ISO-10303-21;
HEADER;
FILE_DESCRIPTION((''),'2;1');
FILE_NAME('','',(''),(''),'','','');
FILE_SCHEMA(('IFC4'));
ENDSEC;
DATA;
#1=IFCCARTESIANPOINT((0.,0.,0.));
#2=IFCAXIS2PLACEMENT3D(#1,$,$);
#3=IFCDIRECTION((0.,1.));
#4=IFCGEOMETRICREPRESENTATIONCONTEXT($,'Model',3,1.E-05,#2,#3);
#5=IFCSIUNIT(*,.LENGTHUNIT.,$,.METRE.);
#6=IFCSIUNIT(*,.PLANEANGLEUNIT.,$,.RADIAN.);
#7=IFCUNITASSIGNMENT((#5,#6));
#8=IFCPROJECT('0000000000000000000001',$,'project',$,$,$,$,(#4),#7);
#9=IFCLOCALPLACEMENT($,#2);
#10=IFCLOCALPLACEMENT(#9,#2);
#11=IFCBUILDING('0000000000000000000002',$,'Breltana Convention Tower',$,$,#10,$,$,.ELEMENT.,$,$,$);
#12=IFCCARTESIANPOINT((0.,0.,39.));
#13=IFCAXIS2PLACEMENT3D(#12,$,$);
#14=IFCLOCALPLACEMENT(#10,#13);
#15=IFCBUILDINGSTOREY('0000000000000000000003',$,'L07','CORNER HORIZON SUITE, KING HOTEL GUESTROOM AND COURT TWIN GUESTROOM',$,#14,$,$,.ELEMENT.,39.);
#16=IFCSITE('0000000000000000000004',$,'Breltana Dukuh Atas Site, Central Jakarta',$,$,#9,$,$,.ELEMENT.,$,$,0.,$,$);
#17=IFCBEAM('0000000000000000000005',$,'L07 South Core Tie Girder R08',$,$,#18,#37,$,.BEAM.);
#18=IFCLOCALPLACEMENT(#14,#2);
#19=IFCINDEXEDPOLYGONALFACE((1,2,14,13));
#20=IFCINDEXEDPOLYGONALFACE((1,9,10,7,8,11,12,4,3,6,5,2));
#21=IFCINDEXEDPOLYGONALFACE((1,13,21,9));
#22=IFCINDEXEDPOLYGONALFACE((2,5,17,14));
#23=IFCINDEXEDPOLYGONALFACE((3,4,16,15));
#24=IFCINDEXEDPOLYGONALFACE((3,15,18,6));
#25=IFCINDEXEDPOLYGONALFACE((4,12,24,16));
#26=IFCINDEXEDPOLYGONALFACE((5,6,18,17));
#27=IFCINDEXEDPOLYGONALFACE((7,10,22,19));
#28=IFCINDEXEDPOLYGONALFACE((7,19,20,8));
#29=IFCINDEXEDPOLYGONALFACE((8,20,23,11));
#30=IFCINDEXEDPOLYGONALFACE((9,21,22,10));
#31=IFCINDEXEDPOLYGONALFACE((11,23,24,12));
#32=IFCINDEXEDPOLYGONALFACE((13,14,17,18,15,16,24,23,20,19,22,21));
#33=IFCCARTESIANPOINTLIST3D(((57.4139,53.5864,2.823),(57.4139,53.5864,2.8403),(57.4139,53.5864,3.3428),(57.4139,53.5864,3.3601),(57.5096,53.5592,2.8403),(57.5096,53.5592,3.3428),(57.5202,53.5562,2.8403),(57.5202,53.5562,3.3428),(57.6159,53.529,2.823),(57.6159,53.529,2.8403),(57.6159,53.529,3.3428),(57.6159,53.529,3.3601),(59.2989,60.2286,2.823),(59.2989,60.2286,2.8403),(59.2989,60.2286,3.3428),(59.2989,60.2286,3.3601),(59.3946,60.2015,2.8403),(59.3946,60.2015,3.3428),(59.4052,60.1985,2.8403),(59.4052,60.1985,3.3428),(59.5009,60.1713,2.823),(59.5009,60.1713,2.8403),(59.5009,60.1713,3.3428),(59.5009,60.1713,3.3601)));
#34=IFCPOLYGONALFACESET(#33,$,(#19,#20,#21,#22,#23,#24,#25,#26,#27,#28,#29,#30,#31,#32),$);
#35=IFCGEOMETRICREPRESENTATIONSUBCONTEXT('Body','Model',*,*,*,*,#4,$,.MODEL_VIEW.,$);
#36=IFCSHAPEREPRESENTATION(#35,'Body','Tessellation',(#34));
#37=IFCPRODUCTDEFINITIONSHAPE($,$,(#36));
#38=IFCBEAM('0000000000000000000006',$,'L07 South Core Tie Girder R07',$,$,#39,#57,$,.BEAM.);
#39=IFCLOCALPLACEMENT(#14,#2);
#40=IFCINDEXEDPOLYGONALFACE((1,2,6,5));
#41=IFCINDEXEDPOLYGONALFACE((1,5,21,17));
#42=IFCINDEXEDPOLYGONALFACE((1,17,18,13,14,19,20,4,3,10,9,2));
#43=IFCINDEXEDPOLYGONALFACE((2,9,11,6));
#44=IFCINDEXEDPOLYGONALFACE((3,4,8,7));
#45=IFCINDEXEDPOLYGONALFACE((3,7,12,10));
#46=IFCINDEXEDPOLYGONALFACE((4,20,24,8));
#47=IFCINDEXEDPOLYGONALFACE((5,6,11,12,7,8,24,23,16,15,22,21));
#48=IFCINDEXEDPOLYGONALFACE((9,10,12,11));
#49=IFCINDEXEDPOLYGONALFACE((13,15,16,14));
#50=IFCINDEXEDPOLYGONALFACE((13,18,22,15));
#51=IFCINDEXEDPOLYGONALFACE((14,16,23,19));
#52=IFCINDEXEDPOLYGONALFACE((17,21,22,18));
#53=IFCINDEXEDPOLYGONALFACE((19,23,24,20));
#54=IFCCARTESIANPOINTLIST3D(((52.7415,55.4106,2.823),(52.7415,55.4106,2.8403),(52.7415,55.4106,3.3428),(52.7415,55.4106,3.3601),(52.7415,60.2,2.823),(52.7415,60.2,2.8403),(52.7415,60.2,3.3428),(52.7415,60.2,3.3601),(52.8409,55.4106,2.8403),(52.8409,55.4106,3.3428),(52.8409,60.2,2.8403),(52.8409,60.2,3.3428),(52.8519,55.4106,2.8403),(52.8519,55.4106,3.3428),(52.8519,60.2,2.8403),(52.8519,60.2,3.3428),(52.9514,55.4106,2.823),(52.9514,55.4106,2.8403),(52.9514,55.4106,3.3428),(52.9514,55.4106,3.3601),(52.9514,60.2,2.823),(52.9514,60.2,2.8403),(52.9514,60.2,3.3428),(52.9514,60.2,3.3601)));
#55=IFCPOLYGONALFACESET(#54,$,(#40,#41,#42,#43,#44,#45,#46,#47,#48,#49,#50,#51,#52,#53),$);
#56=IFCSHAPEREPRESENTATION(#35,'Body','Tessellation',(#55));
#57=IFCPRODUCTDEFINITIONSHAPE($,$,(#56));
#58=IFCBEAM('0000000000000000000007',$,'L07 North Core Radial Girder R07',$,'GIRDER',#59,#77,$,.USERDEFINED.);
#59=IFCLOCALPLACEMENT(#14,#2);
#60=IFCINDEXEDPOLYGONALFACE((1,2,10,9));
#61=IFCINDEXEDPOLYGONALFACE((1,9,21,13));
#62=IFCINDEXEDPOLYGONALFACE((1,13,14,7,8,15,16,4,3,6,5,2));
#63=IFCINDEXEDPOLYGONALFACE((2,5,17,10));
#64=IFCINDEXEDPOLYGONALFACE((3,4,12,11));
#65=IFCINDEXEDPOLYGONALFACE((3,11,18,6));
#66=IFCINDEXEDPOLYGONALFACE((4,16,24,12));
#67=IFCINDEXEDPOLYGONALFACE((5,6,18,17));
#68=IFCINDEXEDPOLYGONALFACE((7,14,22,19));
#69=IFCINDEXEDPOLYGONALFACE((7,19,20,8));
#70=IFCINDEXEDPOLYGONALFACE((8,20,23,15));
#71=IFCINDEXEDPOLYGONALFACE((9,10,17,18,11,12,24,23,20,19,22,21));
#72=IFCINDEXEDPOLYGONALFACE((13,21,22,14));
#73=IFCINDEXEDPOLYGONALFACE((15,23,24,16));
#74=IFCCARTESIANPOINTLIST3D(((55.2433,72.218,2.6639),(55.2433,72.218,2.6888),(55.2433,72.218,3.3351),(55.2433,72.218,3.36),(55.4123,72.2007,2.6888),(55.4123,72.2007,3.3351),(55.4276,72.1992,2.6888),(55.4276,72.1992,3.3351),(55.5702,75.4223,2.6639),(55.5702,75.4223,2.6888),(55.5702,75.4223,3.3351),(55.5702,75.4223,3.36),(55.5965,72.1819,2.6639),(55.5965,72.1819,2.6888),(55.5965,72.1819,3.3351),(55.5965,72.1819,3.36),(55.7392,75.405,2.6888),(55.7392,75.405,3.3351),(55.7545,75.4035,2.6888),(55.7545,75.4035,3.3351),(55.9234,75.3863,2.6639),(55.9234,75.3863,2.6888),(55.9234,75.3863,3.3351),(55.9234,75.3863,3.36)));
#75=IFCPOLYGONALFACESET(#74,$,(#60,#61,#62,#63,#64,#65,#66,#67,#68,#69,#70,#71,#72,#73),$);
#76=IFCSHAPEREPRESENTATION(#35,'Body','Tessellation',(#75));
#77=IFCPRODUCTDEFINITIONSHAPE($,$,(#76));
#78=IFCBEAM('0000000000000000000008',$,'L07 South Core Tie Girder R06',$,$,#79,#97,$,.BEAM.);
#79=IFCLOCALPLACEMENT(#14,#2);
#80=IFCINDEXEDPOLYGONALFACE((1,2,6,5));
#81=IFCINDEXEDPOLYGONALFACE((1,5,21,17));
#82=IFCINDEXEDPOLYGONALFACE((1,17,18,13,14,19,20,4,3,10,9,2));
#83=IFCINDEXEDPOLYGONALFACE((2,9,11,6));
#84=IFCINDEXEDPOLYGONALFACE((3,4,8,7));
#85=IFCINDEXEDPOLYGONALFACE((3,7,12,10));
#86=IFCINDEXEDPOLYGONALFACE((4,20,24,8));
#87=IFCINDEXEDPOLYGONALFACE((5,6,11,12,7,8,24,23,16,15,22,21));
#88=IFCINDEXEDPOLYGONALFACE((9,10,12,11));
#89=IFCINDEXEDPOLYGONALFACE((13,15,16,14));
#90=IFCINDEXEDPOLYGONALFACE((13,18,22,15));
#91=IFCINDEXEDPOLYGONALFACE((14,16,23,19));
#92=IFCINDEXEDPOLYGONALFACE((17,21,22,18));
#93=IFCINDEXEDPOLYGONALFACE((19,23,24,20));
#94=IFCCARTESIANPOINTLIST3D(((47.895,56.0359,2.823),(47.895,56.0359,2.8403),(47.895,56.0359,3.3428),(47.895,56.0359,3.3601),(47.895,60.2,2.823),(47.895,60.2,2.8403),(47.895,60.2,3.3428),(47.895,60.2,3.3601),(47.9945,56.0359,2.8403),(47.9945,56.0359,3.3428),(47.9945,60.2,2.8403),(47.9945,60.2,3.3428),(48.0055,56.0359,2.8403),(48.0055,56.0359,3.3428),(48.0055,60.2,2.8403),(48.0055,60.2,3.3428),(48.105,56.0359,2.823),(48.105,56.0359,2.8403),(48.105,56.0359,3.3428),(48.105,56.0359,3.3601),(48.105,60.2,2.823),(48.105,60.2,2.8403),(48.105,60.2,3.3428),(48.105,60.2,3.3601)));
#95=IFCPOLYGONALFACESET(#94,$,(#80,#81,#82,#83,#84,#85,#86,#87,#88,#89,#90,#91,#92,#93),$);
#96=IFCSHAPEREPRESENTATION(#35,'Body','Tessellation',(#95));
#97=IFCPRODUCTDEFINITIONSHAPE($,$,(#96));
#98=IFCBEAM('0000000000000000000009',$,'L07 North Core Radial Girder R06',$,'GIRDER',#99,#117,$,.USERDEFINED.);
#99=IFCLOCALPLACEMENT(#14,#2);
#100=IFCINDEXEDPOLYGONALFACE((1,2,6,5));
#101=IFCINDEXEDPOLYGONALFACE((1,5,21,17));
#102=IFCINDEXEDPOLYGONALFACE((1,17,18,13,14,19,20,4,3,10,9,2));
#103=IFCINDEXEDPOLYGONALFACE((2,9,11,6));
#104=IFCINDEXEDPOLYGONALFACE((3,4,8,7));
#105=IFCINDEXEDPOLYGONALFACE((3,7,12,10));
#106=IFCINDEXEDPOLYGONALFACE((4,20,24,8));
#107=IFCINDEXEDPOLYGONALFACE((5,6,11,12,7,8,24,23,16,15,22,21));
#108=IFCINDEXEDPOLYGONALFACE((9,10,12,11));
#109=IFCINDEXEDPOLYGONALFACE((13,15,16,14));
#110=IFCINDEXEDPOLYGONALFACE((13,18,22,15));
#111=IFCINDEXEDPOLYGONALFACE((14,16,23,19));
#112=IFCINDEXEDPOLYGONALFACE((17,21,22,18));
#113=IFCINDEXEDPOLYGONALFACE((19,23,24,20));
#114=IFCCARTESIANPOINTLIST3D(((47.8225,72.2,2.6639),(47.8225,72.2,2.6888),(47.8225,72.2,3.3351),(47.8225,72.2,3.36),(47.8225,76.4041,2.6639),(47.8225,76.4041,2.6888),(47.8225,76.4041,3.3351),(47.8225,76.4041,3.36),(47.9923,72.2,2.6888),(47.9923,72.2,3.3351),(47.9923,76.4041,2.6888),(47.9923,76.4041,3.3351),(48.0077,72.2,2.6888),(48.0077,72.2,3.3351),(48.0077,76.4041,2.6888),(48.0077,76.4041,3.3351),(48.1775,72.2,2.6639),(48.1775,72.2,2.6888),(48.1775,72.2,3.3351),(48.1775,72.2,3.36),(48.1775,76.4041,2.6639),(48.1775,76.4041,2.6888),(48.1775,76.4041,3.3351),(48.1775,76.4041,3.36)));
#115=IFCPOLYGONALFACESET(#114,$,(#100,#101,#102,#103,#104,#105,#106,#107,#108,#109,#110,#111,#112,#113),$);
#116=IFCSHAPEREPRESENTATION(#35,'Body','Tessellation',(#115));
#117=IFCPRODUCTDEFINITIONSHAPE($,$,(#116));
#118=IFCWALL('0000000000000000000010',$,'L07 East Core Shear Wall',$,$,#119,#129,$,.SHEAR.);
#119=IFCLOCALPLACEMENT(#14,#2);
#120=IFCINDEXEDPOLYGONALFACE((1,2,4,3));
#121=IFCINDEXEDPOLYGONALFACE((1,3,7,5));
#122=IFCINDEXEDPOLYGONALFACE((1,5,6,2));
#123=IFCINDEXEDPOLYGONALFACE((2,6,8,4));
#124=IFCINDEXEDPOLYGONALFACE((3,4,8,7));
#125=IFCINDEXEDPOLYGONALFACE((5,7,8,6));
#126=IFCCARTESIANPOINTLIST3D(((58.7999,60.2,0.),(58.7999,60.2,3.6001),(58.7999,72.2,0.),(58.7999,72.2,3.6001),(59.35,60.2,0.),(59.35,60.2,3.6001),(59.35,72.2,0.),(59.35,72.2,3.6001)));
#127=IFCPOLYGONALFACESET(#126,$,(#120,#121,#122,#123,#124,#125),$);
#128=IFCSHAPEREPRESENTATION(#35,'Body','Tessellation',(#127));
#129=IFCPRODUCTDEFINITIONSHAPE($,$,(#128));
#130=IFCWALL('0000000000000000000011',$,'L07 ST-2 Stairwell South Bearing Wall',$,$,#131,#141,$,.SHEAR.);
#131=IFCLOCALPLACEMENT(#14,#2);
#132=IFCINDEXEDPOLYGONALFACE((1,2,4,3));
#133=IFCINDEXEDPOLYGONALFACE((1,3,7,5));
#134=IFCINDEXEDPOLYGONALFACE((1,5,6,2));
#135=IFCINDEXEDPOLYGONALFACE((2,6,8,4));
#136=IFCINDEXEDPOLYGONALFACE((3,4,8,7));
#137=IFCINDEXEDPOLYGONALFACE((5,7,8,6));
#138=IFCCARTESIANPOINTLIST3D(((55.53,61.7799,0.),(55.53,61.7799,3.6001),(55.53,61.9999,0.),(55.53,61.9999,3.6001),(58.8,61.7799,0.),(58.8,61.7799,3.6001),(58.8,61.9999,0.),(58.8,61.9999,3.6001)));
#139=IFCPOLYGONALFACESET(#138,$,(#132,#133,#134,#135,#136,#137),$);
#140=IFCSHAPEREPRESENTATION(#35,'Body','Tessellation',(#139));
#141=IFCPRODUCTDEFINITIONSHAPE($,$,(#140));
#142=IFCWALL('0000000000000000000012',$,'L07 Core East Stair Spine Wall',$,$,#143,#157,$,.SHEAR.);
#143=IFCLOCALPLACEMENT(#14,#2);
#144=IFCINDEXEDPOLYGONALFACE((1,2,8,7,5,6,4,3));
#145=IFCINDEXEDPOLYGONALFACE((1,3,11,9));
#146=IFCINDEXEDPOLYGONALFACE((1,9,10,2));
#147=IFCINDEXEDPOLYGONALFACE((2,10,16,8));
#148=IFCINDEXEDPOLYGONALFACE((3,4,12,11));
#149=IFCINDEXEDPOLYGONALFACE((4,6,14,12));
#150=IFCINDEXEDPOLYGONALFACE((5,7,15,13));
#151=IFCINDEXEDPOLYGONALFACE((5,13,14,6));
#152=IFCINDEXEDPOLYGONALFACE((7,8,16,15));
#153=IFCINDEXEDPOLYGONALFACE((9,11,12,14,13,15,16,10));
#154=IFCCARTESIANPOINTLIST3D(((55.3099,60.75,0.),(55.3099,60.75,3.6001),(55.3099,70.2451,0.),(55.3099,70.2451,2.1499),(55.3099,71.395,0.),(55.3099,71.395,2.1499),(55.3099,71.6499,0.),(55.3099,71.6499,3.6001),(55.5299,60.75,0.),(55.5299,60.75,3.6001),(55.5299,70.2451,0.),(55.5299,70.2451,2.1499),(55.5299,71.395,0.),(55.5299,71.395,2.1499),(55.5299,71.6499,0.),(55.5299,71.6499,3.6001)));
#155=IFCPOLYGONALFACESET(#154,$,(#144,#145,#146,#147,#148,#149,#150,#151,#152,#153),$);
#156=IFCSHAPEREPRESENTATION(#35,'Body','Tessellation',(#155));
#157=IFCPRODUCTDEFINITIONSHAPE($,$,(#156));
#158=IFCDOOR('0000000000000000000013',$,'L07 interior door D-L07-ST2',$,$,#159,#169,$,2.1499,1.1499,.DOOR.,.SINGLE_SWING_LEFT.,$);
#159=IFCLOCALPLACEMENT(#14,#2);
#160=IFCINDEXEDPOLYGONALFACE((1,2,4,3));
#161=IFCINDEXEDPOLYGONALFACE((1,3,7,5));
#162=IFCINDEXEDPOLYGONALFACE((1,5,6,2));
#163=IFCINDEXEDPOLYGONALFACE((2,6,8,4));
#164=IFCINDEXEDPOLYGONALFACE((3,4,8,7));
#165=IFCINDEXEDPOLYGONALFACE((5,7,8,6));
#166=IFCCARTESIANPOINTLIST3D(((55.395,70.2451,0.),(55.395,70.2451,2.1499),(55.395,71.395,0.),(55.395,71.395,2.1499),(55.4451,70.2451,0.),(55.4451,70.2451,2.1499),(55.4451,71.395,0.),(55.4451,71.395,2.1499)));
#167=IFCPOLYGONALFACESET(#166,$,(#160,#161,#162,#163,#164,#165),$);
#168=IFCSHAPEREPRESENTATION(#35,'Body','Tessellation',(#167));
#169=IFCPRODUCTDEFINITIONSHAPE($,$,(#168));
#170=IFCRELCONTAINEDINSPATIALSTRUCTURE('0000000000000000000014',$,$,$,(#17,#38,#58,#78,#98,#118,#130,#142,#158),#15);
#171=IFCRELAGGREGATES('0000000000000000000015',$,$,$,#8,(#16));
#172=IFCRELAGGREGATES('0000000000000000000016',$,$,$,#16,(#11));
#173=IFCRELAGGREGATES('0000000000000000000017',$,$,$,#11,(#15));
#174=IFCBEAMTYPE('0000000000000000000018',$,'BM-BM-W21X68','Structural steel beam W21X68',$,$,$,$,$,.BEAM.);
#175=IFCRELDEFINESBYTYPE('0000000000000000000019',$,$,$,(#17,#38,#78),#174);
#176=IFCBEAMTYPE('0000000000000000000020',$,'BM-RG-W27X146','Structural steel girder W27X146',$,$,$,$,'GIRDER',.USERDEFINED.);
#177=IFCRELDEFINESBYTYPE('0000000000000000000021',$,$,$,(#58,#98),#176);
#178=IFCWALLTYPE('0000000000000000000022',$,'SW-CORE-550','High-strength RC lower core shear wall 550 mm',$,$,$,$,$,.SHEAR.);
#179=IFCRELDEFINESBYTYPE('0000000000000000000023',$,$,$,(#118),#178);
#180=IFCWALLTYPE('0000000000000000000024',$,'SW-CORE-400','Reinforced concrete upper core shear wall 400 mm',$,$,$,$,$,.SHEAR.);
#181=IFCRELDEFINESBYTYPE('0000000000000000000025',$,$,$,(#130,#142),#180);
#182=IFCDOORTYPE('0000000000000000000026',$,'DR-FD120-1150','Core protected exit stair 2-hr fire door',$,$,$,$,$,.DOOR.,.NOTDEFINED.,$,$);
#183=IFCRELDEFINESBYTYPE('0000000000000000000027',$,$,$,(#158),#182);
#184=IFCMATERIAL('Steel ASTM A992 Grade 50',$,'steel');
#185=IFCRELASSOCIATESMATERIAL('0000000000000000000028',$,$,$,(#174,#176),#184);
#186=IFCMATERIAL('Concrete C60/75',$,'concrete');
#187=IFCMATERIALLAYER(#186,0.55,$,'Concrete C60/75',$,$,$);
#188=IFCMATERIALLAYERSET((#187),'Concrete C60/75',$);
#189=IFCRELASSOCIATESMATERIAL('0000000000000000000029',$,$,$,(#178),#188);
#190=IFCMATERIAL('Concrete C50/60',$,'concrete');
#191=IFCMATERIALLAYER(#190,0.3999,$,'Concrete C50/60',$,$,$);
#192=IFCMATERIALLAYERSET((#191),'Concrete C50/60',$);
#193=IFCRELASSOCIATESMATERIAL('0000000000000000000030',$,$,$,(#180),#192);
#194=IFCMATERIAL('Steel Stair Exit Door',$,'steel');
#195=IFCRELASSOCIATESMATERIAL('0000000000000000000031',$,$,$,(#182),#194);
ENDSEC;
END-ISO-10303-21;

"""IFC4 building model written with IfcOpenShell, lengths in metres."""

from ifc_helpers import new_model, si_unit, direction, frame, frame_2d, origin, origin_2d, place, context, subcontext, project, spatial, rectangle, i_section, extrude, source, transform, mapped, material, layer, layer_set, material_profile, profile_set, type_object, type_shapes, element, fill, save


model = new_model("IFC4")

# Units and contexts
model_context = context("Model", 3, precision=1e-05, world=origin(), true_north=direction((0.0, 1.0)))
body_context = subcontext(model_context, "Body", "Model", "MODEL_VIEW")
ifc_project = project(units=[si_unit("LENGTHUNIT", "METRE"), si_unit("PLANEANGLEUNIT", "RADIAN")], contexts=[model_context])

# Site, building, storey
site_placement = place(None, origin())
site = spatial("IfcSite", under=ifc_project, at=site_placement, Name="Breltana Dukuh Atas Site, Central Jakarta", CompositionType="ELEMENT", RefElevation=0.0)
building_placement = place(site_placement, origin())
building = spatial("IfcBuilding", under=site, at=building_placement, Name="Breltana Convention Tower", CompositionType="ELEMENT")
storey_placement = place(building_placement, frame((0.0, 0.0, 39.0)))
storey = spatial("IfcBuildingStorey", under=building, at=storey_placement, Name="L07", Description="CORNER HORIZON SUITE, KING HOTEL GUESTROOM AND COURT TWIN GUESTROOM", CompositionType="ELEMENT", Elevation=39.0)

# Beams
ifc_material_1 = material(Name="Steel ASTM A992 Grade 50", Category="steel")
ifc_material_profile_1 = material_profile(ifc_material_1, i_section(OverallWidth=0.21, OverallDepth=0.5371, WebThickness=0.011, FlangeThickness=0.0173, at=origin_2d()), Name="W21X68")
ifc_profile_set_1 = profile_set([ifc_material_profile_1], Name="Steel ASTM A992 Grade 50")
beam_type_1 = type_object("IfcBeamType", Name="BM-BM-W21X68", Description="Structural steel beam W21X68", PredefinedType="BEAM", material=ifc_profile_set_1)
shared_shape_1 = source(origin(), body_context, "Body", "SweptSolid", [
    extrude(i_section(OverallWidth=0.21, OverallDepth=0.5371, WebThickness=0.011, FlangeThickness=0.0173, at=origin_2d()), origin(), (0.0, 0.0, 1.0), 6.9045),
])
type_shapes(beam_type_1, [shared_shape_1])
beam_1_placement = place(storey_placement, frame((59.3999, 60.2, 3.0916), z_axis=(-0.273007, -0.962012, 0.0), x_axis=(0.962012, -0.273007, 0.0)))
element("IfcBeam", 1, at=beam_1_placement, inside=storey, type_object=beam_type_1, Name="L07 South Core Tie Girder R08", PredefinedType="BEAM", context=body_context, shape_type="MappedRepresentation", body=[
    mapped(shared_shape_1, transform((0.0, 0.0, 0.0), scale=1.0)),
])
shared_shape_2 = source(origin(), body_context, "Body", "SweptSolid", [
    extrude(i_section(OverallWidth=0.21, OverallDepth=0.5371, WebThickness=0.011, FlangeThickness=0.0173, at=origin_2d()), origin(), (0.0, 0.0, 1.0), 4.7893),
])
beam_2_placement = place(storey_placement, frame((52.8464, 60.2, 3.0916), z_axis=(0.0, -1.0, 0.0), x_axis=(1.0, 0.0, 0.0)))
element("IfcBeam", 2, at=beam_2_placement, inside=storey, type_object=beam_type_1, Name="L07 South Core Tie Girder R07", PredefinedType="BEAM", context=body_context, shape_type="MappedRepresentation", body=[
    mapped(shared_shape_2, transform((0.0, 0.0, 0.0), scale=1.0)),
])
ifc_material_profile_2 = material_profile(ifc_material_1, i_section(OverallWidth=0.355, OverallDepth=0.696, WebThickness=0.0154, FlangeThickness=0.0249, at=origin_2d()), Name="W27X146")
ifc_profile_set_2 = profile_set([ifc_material_profile_2], Name="Steel ASTM A992 Grade 50")
beam_type_2 = type_object("IfcBeamType", Name="BM-RG-W27X146", Description="Structural steel girder W27X146", ElementType="GIRDER", PredefinedType="USERDEFINED", material=ifc_profile_set_2)
shared_shape_3 = source(origin(), body_context, "Body", "SweptSolid", [
    extrude(i_section(OverallWidth=0.355, OverallDepth=0.696, WebThickness=0.0154, FlangeThickness=0.0249, at=origin_2d()), origin(), (0.0, 0.0, 1.0), 3.2209),
])
beam_3_placement = place(storey_placement, frame((55.4199, 72.2, 3.012), z_axis=(0.101492, 0.994836, 0.0), x_axis=(-0.994836, 0.101492, 0.0)))
element("IfcBeam", 3, at=beam_3_placement, inside=storey, type_object=beam_type_2, Name="L07 North Core Radial Girder R07", ObjectType="GIRDER", PredefinedType="USERDEFINED", context=body_context, shape_type="MappedRepresentation", body=[
    mapped(shared_shape_3, transform((0.0, 0.0, 0.0), scale=1.0)),
])
shared_shape_4 = source(origin(), body_context, "Body", "SweptSolid", [
    extrude(i_section(OverallWidth=0.21, OverallDepth=0.5371, WebThickness=0.011, FlangeThickness=0.0173, at=origin_2d()), origin(), (0.0, 0.0, 1.0), 4.1641),
])
beam_4_placement = place(storey_placement, frame((48.0, 60.2, 3.0916), z_axis=(0.0, -1.0, 0.0), x_axis=(1.0, 0.0, 0.0)))
element("IfcBeam", 4, at=beam_4_placement, inside=storey, type_object=beam_type_1, Name="L07 South Core Tie Girder R06", PredefinedType="BEAM", context=body_context, shape_type="MappedRepresentation", body=[
    mapped(shared_shape_4, transform((0.0, 0.0, 0.0), scale=1.0)),
])
shared_shape_5 = source(origin(), body_context, "Body", "SweptSolid", [
    extrude(i_section(OverallWidth=0.355, OverallDepth=0.696, WebThickness=0.0154, FlangeThickness=0.0249, at=origin_2d()), origin(), (0.0, 0.0, 1.0), 4.2041),
])
beam_5_placement = place(storey_placement, frame((48.0, 72.2, 3.012), z_axis=(0.0, 1.0, 0.0), x_axis=(-1.0, 0.0, 0.0)))
element("IfcBeam", 5, at=beam_5_placement, inside=storey, type_object=beam_type_2, Name="L07 North Core Radial Girder R06", ObjectType="GIRDER", PredefinedType="USERDEFINED", context=body_context, shape_type="MappedRepresentation", body=[
    mapped(shared_shape_5, transform((0.0, 0.0, 0.0), scale=1.0)),
])

# Walls
ifc_material_2 = material(Name="Concrete C60/75", Category="concrete")
ifc_layer_1 = layer(ifc_material_2, 0.55, Name="Concrete C60/75")
ifc_layer_set_1 = layer_set([ifc_layer_1], Name="Concrete C60/75")
wall_type_1 = type_object("IfcWallType", Name="SW-CORE-550", Description="High-strength RC lower core shear wall 550 mm", PredefinedType="SHEAR", material=ifc_layer_set_1)
shared_shape_6 = source(origin(), body_context, "Body", "SweptSolid", [
    extrude(rectangle(XDim=12.0, YDim=0.55, at=frame_2d((6.0, 0.0))), origin(), (0.0, 0.0, 1.0), 3.6001),
])
wall_1_placement = place(storey_placement, frame((59.075, 60.2, 0.0), z_axis=(0.0, 0.0, 1.0), x_axis=(0.0, 1.0, 0.0)))
element("IfcWall", 6, at=wall_1_placement, inside=storey, type_object=wall_type_1, Name="L07 East Core Shear Wall", PredefinedType="SHEAR", context=body_context, shape_type="MappedRepresentation", body=[
    mapped(shared_shape_6, transform((0.0, 0.0, 0.0), scale=1.0)),
])
ifc_material_3 = material(Name="Concrete C50/60", Category="concrete")
ifc_layer_2 = layer(ifc_material_3, 0.3999, Name="Concrete C50/60")
ifc_layer_set_2 = layer_set([ifc_layer_2], Name="Concrete C50/60")
wall_type_2 = type_object("IfcWallType", Name="SW-CORE-400", Description="Reinforced concrete upper core shear wall 400 mm", PredefinedType="SHEAR", material=ifc_layer_set_2)
shared_shape_7 = source(origin(), body_context, "Body", "SweptSolid", [
    extrude(rectangle(XDim=3.27, YDim=0.22, at=frame_2d((1.635, 0.0))), origin(), (0.0, 0.0, 1.0), 3.6001),
])
wall_2_placement = place(storey_placement, frame((55.53, 61.8899, 0.0), z_axis=(0.0, 0.0, 1.0), x_axis=(1.0, 0.0, 0.0)))
element("IfcWall", 7, at=wall_2_placement, inside=storey, type_object=wall_type_2, Name="L07 ST-2 Stairwell South Bearing Wall", PredefinedType="SHEAR", context=body_context, shape_type="MappedRepresentation", body=[
    mapped(shared_shape_7, transform((0.0, 0.0, 0.0), scale=1.0)),
])

# Wall, opening, door
shared_shape_8 = source(origin(), body_context, "Body", "SweptSolid", [
    extrude(rectangle(XDim=10.8999, YDim=0.22, at=frame_2d((5.45, 0.0))), origin(), (0.0, 0.0, 1.0), 3.6001),
])
wall_3_placement = place(storey_placement, frame((55.4199, 60.75, 0.0), z_axis=(0.0, 0.0, 1.0), x_axis=(0.0, 1.0, 0.0)))
wall_3 = element("IfcWall", 8, at=wall_3_placement, inside=storey, type_object=wall_type_2, Name="L07 Core East Stair Spine Wall", PredefinedType="SHEAR", context=body_context, shape_type="MappedRepresentation", body=[
    mapped(shared_shape_8, transform((0.0, 0.0, 0.0), scale=1.0)),
])
opening_1_placement = place(wall_3_placement, frame((9.4951, 0.0, 0.0)))
opening_1 = element("IfcOpeningElement", 9, at=opening_1_placement, cuts=wall_3, PredefinedType="OPENING", context=body_context, shape_type="SweptSolid", body=[
    extrude(rectangle(XDim=1.1499, YDim=2.1499, at=frame_2d((0.575, 1.075))), frame((0.0, 0.1201, 0.0), z_axis=(0.0, -1.0, 0.0), x_axis=(1.0, 0.0, 0.0)), (0.0, 0.0, 1.0), 0.24),
])
ifc_material_4 = material(Name="Steel Stair Exit Door", Category="steel")
door_type_1 = type_object("IfcDoorType", Name="DR-FD120-1150", Description="Core protected exit stair 2-hr fire door", OperationType="NOTDEFINED", PredefinedType="DOOR", material=ifc_material_4)
shared_shape_9 = source(origin(), body_context, "Body", "SweptSolid", [
    extrude(rectangle(XDim=1.1499, YDim=2.1499, at=frame_2d((0.575, 1.075))), frame((0.0, 0.0249, 0.0), z_axis=(0.0, -1.0, 0.0), x_axis=(1.0, 0.0, 0.0)), (0.0, 0.0, 1.0), 0.05),
])
type_shapes(door_type_1, [shared_shape_9])
door_1_placement = place(opening_1_placement, origin())
door_1 = element("IfcDoor", 10, at=door_1_placement, inside=storey, type_object=door_type_1, Name="L07 interior door D-L07-ST2", OperationType="SINGLE_SWING_LEFT", OverallHeight=2.1499, OverallWidth=1.1499, PredefinedType="DOOR", context=body_context, shape_type="MappedRepresentation", body=[
    mapped(shared_shape_9, transform((0.0, 0.0, 0.0), scale=1.0)),
])
fill(opening_1, door_1)

save(model, "model.ifc")
